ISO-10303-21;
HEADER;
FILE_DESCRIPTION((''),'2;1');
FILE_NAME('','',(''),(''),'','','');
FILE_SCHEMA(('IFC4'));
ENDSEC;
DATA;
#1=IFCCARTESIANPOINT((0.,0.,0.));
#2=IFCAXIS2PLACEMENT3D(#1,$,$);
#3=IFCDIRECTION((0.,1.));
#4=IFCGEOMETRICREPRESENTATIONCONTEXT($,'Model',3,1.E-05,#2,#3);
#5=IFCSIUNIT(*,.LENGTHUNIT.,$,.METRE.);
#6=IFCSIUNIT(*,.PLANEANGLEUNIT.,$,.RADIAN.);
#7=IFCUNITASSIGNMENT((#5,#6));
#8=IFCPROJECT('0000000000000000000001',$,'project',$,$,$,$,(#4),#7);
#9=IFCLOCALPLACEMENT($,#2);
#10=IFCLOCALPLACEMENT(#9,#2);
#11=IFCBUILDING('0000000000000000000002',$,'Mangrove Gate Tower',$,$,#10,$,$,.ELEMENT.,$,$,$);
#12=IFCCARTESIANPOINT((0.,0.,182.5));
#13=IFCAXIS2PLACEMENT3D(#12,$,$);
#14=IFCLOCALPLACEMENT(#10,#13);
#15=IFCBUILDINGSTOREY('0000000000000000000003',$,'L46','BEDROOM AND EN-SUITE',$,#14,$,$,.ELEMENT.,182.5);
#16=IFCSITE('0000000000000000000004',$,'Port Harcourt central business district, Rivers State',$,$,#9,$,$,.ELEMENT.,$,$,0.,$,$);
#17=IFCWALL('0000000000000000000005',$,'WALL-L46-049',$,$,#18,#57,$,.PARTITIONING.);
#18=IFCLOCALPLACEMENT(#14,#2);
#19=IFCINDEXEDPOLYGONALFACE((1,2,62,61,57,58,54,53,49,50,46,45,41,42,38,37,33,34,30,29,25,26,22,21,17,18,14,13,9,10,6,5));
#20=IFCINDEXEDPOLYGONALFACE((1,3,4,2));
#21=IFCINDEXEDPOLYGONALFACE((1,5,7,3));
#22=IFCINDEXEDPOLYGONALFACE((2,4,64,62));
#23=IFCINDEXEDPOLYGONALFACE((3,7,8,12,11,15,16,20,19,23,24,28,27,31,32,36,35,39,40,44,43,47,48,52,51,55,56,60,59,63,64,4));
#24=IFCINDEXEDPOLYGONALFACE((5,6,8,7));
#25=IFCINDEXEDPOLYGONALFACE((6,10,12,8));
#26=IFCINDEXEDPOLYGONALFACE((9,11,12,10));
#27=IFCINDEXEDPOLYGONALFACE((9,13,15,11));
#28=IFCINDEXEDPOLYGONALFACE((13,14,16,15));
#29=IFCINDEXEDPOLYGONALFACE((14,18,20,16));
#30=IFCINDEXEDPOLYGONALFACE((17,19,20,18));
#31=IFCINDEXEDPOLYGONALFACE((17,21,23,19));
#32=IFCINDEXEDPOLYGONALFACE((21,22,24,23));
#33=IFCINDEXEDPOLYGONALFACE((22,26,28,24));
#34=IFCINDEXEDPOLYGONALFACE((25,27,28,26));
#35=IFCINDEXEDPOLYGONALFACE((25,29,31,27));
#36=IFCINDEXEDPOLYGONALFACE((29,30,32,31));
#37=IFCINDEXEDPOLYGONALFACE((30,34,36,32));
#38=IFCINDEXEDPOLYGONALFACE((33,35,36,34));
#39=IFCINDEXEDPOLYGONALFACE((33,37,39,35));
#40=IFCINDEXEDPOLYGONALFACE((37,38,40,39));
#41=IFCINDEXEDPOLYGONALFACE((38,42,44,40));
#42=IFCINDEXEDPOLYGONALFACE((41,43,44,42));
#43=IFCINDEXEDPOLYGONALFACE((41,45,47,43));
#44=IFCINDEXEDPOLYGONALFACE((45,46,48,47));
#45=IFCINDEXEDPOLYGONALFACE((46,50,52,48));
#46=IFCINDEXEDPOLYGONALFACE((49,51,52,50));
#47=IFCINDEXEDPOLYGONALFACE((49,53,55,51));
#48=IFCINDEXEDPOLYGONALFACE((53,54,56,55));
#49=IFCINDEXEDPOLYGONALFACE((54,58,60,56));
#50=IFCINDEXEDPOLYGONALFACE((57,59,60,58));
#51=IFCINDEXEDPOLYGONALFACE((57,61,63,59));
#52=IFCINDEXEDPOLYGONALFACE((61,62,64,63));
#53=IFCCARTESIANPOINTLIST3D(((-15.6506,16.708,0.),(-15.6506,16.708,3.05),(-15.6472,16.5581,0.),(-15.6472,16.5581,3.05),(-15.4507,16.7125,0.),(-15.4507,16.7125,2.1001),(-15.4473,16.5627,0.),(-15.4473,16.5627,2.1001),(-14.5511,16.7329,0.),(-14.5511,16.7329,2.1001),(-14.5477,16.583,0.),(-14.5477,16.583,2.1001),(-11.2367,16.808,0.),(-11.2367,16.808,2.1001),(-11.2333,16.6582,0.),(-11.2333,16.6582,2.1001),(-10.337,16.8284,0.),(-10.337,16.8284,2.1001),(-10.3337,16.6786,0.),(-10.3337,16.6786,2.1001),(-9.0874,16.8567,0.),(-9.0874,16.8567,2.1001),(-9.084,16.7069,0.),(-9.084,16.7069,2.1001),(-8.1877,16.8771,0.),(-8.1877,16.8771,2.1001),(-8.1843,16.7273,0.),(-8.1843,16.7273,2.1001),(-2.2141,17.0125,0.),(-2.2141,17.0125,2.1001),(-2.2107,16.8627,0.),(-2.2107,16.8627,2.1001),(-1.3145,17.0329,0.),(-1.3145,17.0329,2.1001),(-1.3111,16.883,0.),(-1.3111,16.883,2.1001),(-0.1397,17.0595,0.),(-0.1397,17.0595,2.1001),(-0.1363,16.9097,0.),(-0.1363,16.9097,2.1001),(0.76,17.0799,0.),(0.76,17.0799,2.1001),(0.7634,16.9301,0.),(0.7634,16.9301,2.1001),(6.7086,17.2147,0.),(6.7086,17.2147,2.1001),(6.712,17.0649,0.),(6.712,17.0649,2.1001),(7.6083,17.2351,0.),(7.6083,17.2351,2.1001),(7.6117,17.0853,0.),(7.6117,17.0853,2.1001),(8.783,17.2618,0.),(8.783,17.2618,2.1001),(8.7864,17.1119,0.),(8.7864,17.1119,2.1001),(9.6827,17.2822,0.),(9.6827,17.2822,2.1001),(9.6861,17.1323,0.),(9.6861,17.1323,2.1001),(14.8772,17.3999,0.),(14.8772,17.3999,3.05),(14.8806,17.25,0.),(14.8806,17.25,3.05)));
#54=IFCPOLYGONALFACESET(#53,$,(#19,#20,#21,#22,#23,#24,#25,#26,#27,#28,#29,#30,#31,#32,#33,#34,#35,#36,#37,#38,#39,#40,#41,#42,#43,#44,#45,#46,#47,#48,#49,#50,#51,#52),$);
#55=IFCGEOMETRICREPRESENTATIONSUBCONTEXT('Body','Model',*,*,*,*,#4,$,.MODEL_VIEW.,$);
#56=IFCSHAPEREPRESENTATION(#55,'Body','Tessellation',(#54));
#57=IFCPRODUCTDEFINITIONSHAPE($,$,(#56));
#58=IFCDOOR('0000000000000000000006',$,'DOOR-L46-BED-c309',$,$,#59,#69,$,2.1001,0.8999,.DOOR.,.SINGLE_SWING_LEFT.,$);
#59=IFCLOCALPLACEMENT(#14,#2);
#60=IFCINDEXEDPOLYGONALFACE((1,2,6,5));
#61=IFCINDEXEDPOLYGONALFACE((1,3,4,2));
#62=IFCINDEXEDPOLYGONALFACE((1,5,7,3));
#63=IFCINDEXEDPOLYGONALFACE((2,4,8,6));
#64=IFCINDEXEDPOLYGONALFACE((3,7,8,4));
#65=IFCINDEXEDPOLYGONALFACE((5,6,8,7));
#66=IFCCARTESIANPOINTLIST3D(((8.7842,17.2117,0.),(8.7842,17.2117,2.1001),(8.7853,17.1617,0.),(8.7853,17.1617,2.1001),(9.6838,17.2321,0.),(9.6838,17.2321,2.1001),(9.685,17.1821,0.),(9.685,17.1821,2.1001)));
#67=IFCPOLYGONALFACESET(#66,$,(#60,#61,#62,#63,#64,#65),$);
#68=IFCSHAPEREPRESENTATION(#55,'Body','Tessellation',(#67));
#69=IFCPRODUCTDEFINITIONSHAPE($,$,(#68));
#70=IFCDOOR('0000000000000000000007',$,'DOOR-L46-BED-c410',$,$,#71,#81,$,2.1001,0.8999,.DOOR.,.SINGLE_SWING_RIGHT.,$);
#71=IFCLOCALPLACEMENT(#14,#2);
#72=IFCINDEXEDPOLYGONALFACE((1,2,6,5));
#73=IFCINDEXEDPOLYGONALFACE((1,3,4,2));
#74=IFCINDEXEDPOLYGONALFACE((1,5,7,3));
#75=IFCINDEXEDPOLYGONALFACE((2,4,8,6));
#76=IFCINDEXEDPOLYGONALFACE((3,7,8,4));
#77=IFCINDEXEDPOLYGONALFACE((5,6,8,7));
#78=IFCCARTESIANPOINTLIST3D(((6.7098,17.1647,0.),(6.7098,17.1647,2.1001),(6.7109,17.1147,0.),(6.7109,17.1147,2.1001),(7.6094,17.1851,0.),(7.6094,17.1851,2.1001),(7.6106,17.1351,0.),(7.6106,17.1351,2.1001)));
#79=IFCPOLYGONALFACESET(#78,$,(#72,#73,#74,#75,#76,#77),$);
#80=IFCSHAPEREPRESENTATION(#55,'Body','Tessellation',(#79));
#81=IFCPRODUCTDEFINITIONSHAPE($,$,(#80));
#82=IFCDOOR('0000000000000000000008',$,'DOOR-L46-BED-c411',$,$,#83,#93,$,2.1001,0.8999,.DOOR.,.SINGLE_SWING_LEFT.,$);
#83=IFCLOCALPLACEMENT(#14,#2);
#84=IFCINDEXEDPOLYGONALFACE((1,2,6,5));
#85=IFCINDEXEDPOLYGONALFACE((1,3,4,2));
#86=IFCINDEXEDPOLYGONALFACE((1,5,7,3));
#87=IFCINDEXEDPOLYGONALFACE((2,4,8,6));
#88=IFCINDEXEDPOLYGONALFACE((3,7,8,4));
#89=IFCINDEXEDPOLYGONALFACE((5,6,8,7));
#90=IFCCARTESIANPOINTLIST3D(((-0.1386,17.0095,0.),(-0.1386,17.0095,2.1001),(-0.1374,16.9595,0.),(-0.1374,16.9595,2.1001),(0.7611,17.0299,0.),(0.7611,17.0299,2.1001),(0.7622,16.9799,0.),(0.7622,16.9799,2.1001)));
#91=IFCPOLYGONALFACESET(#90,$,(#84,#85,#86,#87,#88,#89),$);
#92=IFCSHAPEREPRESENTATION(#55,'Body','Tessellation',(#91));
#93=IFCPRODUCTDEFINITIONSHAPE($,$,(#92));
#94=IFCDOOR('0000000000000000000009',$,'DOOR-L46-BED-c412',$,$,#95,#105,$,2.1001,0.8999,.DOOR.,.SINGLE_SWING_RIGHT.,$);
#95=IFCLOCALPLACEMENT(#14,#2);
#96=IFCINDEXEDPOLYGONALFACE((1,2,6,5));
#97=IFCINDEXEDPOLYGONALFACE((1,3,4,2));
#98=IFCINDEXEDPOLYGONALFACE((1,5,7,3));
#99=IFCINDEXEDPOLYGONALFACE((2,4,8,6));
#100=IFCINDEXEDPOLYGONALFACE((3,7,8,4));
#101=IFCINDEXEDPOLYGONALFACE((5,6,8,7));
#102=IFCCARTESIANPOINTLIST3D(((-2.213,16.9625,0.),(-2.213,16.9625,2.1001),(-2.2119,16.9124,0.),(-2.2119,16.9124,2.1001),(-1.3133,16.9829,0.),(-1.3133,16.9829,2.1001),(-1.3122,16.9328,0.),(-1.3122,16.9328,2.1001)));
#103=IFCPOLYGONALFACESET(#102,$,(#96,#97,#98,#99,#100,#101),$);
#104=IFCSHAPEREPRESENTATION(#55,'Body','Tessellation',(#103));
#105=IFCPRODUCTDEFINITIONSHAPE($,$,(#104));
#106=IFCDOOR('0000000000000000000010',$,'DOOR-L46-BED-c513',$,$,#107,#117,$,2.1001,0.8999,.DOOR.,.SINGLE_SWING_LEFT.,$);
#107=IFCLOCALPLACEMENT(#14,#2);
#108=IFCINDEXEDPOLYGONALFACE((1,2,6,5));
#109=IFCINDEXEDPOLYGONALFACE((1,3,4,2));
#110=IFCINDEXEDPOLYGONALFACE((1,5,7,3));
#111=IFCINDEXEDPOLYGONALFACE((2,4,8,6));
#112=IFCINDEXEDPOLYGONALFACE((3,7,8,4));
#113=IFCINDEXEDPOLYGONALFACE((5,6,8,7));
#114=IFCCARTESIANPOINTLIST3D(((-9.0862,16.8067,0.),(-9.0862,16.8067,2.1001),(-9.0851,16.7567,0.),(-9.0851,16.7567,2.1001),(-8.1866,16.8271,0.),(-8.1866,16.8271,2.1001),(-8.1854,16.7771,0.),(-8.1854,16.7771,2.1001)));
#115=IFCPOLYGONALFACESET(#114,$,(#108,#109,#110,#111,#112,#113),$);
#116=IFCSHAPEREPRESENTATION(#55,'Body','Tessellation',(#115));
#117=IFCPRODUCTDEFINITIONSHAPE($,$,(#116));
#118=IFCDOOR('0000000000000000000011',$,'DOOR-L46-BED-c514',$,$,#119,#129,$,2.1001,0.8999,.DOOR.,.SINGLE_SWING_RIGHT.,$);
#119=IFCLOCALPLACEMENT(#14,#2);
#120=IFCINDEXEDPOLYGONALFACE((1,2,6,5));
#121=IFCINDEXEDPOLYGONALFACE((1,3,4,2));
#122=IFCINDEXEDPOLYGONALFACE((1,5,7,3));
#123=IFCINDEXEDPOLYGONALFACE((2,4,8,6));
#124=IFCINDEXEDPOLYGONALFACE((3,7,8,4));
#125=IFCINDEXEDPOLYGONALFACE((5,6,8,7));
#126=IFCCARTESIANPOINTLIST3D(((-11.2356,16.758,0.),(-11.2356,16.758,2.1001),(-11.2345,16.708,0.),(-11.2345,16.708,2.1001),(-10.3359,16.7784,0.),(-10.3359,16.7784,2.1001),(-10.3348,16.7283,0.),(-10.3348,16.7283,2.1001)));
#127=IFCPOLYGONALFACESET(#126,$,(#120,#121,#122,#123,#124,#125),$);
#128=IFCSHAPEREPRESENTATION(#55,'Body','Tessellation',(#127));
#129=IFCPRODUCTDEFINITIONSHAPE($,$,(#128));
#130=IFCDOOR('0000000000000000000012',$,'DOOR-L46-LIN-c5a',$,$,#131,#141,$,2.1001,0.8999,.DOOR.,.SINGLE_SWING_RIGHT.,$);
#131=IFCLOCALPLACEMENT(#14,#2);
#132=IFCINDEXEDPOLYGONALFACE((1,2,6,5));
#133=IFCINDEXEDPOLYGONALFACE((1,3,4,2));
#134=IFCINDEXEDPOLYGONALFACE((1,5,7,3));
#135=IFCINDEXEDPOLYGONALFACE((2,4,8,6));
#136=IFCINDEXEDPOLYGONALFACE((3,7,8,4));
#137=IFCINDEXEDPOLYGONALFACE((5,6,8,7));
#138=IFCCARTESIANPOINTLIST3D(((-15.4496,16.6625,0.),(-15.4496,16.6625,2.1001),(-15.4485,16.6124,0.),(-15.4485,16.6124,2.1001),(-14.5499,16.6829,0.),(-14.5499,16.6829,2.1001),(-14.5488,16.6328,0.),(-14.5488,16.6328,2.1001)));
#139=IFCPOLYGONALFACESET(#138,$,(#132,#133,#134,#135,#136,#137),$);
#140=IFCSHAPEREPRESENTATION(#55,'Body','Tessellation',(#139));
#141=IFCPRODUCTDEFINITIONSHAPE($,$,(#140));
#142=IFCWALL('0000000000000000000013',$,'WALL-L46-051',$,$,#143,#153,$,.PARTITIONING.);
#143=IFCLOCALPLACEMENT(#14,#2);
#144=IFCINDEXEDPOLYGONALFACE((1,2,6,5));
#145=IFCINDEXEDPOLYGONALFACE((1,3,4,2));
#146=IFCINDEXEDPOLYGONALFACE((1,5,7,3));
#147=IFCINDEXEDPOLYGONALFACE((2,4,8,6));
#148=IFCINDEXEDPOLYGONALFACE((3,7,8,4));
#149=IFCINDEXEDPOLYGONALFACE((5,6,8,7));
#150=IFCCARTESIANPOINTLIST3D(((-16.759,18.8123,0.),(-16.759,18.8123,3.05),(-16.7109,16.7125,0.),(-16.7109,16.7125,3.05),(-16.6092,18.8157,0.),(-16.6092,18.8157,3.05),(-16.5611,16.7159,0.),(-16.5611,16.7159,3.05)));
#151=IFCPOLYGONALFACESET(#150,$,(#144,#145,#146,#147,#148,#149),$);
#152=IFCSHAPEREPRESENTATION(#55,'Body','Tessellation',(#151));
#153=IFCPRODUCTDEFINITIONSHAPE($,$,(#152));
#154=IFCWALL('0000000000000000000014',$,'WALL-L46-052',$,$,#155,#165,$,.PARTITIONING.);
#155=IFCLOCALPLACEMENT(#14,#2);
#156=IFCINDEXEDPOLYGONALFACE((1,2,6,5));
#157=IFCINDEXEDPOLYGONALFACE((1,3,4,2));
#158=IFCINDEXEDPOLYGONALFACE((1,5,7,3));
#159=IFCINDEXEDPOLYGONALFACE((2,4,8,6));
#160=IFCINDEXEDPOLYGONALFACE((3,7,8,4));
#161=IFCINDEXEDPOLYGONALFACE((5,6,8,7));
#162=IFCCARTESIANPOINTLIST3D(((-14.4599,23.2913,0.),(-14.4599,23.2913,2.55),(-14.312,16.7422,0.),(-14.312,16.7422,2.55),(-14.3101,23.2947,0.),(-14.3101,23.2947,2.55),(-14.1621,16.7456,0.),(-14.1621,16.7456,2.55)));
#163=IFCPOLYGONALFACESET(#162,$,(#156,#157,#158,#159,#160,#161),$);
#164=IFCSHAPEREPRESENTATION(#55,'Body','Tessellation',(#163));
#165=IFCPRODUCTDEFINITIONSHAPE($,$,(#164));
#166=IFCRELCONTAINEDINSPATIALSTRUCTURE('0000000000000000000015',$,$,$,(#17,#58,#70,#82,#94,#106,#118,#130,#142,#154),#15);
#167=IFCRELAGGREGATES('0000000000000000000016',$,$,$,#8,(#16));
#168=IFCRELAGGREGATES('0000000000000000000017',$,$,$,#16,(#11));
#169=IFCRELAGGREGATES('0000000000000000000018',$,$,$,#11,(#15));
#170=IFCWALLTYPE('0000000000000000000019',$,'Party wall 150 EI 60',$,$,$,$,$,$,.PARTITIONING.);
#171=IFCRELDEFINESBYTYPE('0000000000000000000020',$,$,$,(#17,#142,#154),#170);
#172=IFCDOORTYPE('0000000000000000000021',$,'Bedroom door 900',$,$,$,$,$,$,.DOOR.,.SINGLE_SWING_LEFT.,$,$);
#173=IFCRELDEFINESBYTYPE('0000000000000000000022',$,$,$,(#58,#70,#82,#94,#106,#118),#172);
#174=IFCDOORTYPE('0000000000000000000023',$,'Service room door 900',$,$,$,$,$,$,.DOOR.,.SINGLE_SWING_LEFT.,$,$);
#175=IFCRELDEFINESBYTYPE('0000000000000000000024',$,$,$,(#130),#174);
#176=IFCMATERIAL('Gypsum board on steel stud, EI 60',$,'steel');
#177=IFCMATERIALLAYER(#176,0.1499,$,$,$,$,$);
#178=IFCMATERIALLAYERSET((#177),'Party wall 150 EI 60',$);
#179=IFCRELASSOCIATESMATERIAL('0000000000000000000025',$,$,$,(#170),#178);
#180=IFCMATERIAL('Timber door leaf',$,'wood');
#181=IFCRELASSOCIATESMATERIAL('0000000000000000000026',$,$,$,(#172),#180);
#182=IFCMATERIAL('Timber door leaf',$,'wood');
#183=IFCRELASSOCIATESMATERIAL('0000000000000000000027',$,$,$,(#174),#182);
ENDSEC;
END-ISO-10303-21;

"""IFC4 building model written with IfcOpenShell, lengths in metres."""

from ifc_helpers import new_model, si_unit, direction, frame, frame_2d, origin, place, context, subcontext, project, spatial, rectangle, extrude, material, layer, layer_set, type_object, element, fill, save


model = new_model("IFC4")

# Units and contexts
model_context = context("Model", 3, precision=1e-05, world=origin(), true_north=direction((0.0, 1.0)))
body_context = subcontext(model_context, "Body", "Model", "MODEL_VIEW")
ifc_project = project(units=[si_unit("LENGTHUNIT", "METRE"), si_unit("PLANEANGLEUNIT", "RADIAN")], contexts=[model_context])

# Site, building, storey
site_placement = place(None, origin())
site = spatial("IfcSite", under=ifc_project, at=site_placement, Name="Port Harcourt central business district, Rivers State", CompositionType="ELEMENT", RefElevation=0.0)
building_placement = place(site_placement, origin())
building = spatial("IfcBuilding", under=site, at=building_placement, Name="Mangrove Gate Tower", CompositionType="ELEMENT")
storey_placement = place(building_placement, frame((0.0, 0.0, 182.5)))
storey = spatial("IfcBuildingStorey", under=building, at=storey_placement, Name="L46", Description="BEDROOM AND EN-SUITE", CompositionType="ELEMENT", Elevation=182.5)

# Wall, openings, doors
ifc_material_1 = material(Name="Gypsum board on steel stud, EI 60", Category="steel")
ifc_layer = layer(ifc_material_1, 0.1499)
ifc_layer_set = layer_set([ifc_layer], Name="Party wall 150 EI 60")
wall_type = type_object("IfcWallType", Name="Party wall 150 EI 60", PredefinedType="PARTITIONING", material=ifc_layer_set)
wall_1_placement = place(storey_placement, frame((-15.6489, 16.6331, 0.0), z_axis=(0.0, 0.0, 1.0), x_axis=(0.999743, 0.022659, 0.0)))
wall_1 = element("IfcWall", 1, at=wall_1_placement, inside=storey, type_object=wall_type, Name="WALL-L46-049", PredefinedType="PARTITIONING", context=body_context, shape_type="SweptSolid", body=[
    extrude(rectangle(XDim=30.5356, YDim=0.1499, at=frame_2d((15.2678, 0.0))), origin(), (0.0, 0.0, 1.0), 3.05),
])
opening_1_placement = place(wall_1_placement, frame((24.4399, 0.0, 0.0)))
opening_1 = element("IfcOpeningElement", 2, at=opening_1_placement, cuts=wall_1, PredefinedType="OPENING", context=body_context, shape_type="SweptSolid", body=[
    extrude(rectangle(XDim=0.8999, YDim=2.1001, at=frame_2d((0.45, 1.05))), frame((0.0, 0.085, 0.0), z_axis=(0.0, -1.0, 0.0), x_axis=(1.0, 0.0, 0.0)), (0.0, 0.0, 1.0), 0.1699),
])
opening_2_placement = place(wall_1_placement, frame((22.365, 0.0, 0.0)))
opening_2 = element("IfcOpeningElement", 3, at=opening_2_placement, cuts=wall_1, PredefinedType="OPENING", context=body_context, shape_type="SweptSolid", body=[
    extrude(rectangle(XDim=0.8999, YDim=2.1001, at=frame_2d((0.45, 1.05))), frame((0.0, 0.085, 0.0), z_axis=(0.0, -1.0, 0.0), x_axis=(1.0, 0.0, 0.0)), (0.0, 0.0, 1.0), 0.1699),
])
opening_3_placement = place(wall_1_placement, frame((15.5149, 0.0, 0.0)))
opening_3 = element("IfcOpeningElement", 4, at=opening_3_placement, cuts=wall_1, PredefinedType="OPENING", context=body_context, shape_type="SweptSolid", body=[
    extrude(rectangle(XDim=0.8999, YDim=2.1001, at=frame_2d((0.45, 1.05))), frame((0.0, 0.085, 0.0), z_axis=(0.0, -1.0, 0.0), x_axis=(1.0, 0.0, 0.0)), (0.0, 0.0, 1.0), 0.1699),
])
opening_4_placement = place(wall_1_placement, frame((13.4399, 0.0, 0.0)))
opening_4 = element("IfcOpeningElement", 5, at=opening_4_placement, cuts=wall_1, PredefinedType="OPENING", context=body_context, shape_type="SweptSolid", body=[
    extrude(rectangle(XDim=0.8999, YDim=2.1001, at=frame_2d((0.45, 1.05))), frame((0.0, 0.085, 0.0), z_axis=(0.0, -1.0, 0.0), x_axis=(1.0, 0.0, 0.0)), (0.0, 0.0, 1.0), 0.1699),
])
opening_5_placement = place(wall_1_placement, frame((6.5649, 0.0, 0.0)))
opening_5 = element("IfcOpeningElement", 6, at=opening_5_placement, cuts=wall_1, PredefinedType="OPENING", context=body_context, shape_type="SweptSolid", body=[
    extrude(rectangle(XDim=0.8999, YDim=2.1001, at=frame_2d((0.45, 1.05))), frame((0.0, 0.085, 0.0), z_axis=(0.0, -1.0, 0.0), x_axis=(1.0, 0.0, 0.0)), (0.0, 0.0, 1.0), 0.1699),
])
opening_6_placement = place(wall_1_placement, frame((4.415, 0.0, 0.0)))
opening_6 = element("IfcOpeningElement", 7, at=opening_6_placement, cuts=wall_1, PredefinedType="OPENING", context=body_context, shape_type="SweptSolid", body=[
    extrude(rectangle(XDim=0.8999, YDim=2.1001, at=frame_2d((0.45, 1.05))), frame((0.0, 0.085, 0.0), z_axis=(0.0, -1.0, 0.0), x_axis=(1.0, 0.0, 0.0)), (0.0, 0.0, 1.0), 0.1699),
])
opening_7_placement = place(wall_1_placement, frame((0.2, 0.0, 0.0)))
opening_7 = element("IfcOpeningElement", 8, at=opening_7_placement, cuts=wall_1, PredefinedType="OPENING", context=body_context, shape_type="SweptSolid", body=[
    extrude(rectangle(XDim=0.8999, YDim=2.1001, at=frame_2d((0.45, 1.05))), frame((0.0, 0.085, 0.0), z_axis=(0.0, -1.0, 0.0), x_axis=(1.0, 0.0, 0.0)), (0.0, 0.0, 1.0), 0.1699),
])
ifc_material_2 = material(Name="Timber door leaf", Category="wood")
door_type_1 = type_object("IfcDoorType", Name="Bedroom door 900", OperationType="SINGLE_SWING_LEFT", PredefinedType="DOOR", material=ifc_material_2)
door_1_placement = place(opening_1_placement, origin())
door_1 = element("IfcDoor", 9, at=door_1_placement, inside=storey, type_object=door_type_1, Name="DOOR-L46-BED-c309", OperationType="SINGLE_SWING_LEFT", OverallHeight=2.1001, OverallWidth=0.8999, PredefinedType="DOOR", context=body_context, shape_type="SweptSolid", body=[
    extrude(rectangle(XDim=0.8999, YDim=2.1001, at=frame_2d((0.45, 1.05))), frame((0.0, 0.0249, 0.0), z_axis=(0.0, -1.0, 0.0), x_axis=(1.0, 0.0, 0.0)), (0.0, 0.0, 1.0), 0.05),
])
fill(opening_1, door_1)
door_2_placement = place(opening_2_placement, origin())
door_2 = element("IfcDoor", 10, at=door_2_placement, inside=storey, type_object=door_type_1, Name="DOOR-L46-BED-c410", OperationType="SINGLE_SWING_RIGHT", OverallHeight=2.1001, OverallWidth=0.8999, PredefinedType="DOOR", context=body_context, shape_type="SweptSolid", body=[
    extrude(rectangle(XDim=0.8999, YDim=2.1001, at=frame_2d((0.45, 1.05))), frame((0.0, 0.0249, 0.0), z_axis=(0.0, -1.0, 0.0), x_axis=(1.0, 0.0, 0.0)), (0.0, 0.0, 1.0), 0.05),
])
fill(opening_2, door_2)
door_3_placement = place(opening_3_placement, origin())
door_3 = element("IfcDoor", 11, at=door_3_placement, inside=storey, type_object=door_type_1, Name="DOOR-L46-BED-c411", OperationType="SINGLE_SWING_LEFT", OverallHeight=2.1001, OverallWidth=0.8999, PredefinedType="DOOR", context=body_context, shape_type="SweptSolid", body=[
    extrude(rectangle(XDim=0.8999, YDim=2.1001, at=frame_2d((0.45, 1.05))), frame((0.0, 0.0249, 0.0), z_axis=(0.0, -1.0, 0.0), x_axis=(1.0, 0.0, 0.0)), (0.0, 0.0, 1.0), 0.05),
])
fill(opening_3, door_3)
door_4_placement = place(opening_4_placement, origin())
door_4 = element("IfcDoor", 12, at=door_4_placement, inside=storey, type_object=door_type_1, Name="DOOR-L46-BED-c412", OperationType="SINGLE_SWING_RIGHT", OverallHeight=2.1001, OverallWidth=0.8999, PredefinedType="DOOR", context=body_context, shape_type="SweptSolid", body=[
    extrude(rectangle(XDim=0.8999, YDim=2.1001, at=frame_2d((0.45, 1.05))), frame((0.0, 0.0249, 0.0), z_axis=(0.0, -1.0, 0.0), x_axis=(1.0, 0.0, 0.0)), (0.0, 0.0, 1.0), 0.05),
])
fill(opening_4, door_4)
door_5_placement = place(opening_5_placement, origin())
door_5 = element("IfcDoor", 13, at=door_5_placement, inside=storey, type_object=door_type_1, Name="DOOR-L46-BED-c513", OperationType="SINGLE_SWING_LEFT", OverallHeight=2.1001, OverallWidth=0.8999, PredefinedType="DOOR", context=body_context, shape_type="SweptSolid", body=[
    extrude(rectangle(XDim=0.8999, YDim=2.1001, at=frame_2d((0.45, 1.05))), frame((0.0, 0.0249, 0.0), z_axis=(0.0, -1.0, 0.0), x_axis=(1.0, 0.0, 0.0)), (0.0, 0.0, 1.0), 0.05),
])
fill(opening_5, door_5)
door_6_placement = place(opening_6_placement, origin())
door_6 = element("IfcDoor", 14, at=door_6_placement, inside=storey, type_object=door_type_1, Name="DOOR-L46-BED-c514", OperationType="SINGLE_SWING_RIGHT", OverallHeight=2.1001, OverallWidth=0.8999, PredefinedType="DOOR", context=body_context, shape_type="SweptSolid", body=[
    extrude(rectangle(XDim=0.8999, YDim=2.1001, at=frame_2d((0.45, 1.05))), frame((0.0, 0.0249, 0.0), z_axis=(0.0, -1.0, 0.0), x_axis=(1.0, 0.0, 0.0)), (0.0, 0.0, 1.0), 0.05),
])
fill(opening_6, door_6)
ifc_material_3 = material(Name="Timber door leaf", Category="wood")
door_type_2 = type_object("IfcDoorType", Name="Service room door 900", OperationType="SINGLE_SWING_LEFT", PredefinedType="DOOR", material=ifc_material_3)
door_7_placement = place(opening_7_placement, origin())
door_7 = element("IfcDoor", 15, at=door_7_placement, inside=storey, type_object=door_type_2, Name="DOOR-L46-LIN-c5a", OperationType="SINGLE_SWING_RIGHT", OverallHeight=2.1001, OverallWidth=0.8999, PredefinedType="DOOR", context=body_context, shape_type="SweptSolid", body=[
    extrude(rectangle(XDim=0.8999, YDim=2.1001, at=frame_2d((0.45, 1.05))), frame((0.0, 0.0249, 0.0), z_axis=(0.0, -1.0, 0.0), x_axis=(1.0, 0.0, 0.0)), (0.0, 0.0, 1.0), 0.05),
])
fill(opening_7, door_7)

# Walls
wall_2_placement = place(storey_placement, frame((-16.636, 16.7141, 0.0), z_axis=(0.0, 0.0, 1.0), x_axis=(-0.022898, 0.999738, 0.0)))
element("IfcWall", 16, at=wall_2_placement, inside=storey, type_object=wall_type, Name="WALL-L46-051", PredefinedType="PARTITIONING", context=body_context, shape_type="SweptSolid", body=[
    extrude(rectangle(XDim=2.1003, YDim=0.1499, at=frame_2d((1.0503, 0.0))), origin(), (0.0, 0.0, 1.0), 3.05),
])
wall_3_placement = place(storey_placement, frame((-14.2371, 16.7439, 0.0), z_axis=(0.0, 0.0, 1.0), x_axis=(-0.022585, 0.999745, 0.0)))
element("IfcWall", 17, at=wall_3_placement, inside=storey, type_object=wall_type, Name="WALL-L46-052", PredefinedType="PARTITIONING", context=body_context, shape_type="SweptSolid", body=[
    extrude(rectangle(XDim=6.5508, YDim=0.1499, at=frame_2d((3.2754, 0.0))), origin(), (0.0, 0.0, 1.0), 2.55),
])

save(model, "model.ifc")
